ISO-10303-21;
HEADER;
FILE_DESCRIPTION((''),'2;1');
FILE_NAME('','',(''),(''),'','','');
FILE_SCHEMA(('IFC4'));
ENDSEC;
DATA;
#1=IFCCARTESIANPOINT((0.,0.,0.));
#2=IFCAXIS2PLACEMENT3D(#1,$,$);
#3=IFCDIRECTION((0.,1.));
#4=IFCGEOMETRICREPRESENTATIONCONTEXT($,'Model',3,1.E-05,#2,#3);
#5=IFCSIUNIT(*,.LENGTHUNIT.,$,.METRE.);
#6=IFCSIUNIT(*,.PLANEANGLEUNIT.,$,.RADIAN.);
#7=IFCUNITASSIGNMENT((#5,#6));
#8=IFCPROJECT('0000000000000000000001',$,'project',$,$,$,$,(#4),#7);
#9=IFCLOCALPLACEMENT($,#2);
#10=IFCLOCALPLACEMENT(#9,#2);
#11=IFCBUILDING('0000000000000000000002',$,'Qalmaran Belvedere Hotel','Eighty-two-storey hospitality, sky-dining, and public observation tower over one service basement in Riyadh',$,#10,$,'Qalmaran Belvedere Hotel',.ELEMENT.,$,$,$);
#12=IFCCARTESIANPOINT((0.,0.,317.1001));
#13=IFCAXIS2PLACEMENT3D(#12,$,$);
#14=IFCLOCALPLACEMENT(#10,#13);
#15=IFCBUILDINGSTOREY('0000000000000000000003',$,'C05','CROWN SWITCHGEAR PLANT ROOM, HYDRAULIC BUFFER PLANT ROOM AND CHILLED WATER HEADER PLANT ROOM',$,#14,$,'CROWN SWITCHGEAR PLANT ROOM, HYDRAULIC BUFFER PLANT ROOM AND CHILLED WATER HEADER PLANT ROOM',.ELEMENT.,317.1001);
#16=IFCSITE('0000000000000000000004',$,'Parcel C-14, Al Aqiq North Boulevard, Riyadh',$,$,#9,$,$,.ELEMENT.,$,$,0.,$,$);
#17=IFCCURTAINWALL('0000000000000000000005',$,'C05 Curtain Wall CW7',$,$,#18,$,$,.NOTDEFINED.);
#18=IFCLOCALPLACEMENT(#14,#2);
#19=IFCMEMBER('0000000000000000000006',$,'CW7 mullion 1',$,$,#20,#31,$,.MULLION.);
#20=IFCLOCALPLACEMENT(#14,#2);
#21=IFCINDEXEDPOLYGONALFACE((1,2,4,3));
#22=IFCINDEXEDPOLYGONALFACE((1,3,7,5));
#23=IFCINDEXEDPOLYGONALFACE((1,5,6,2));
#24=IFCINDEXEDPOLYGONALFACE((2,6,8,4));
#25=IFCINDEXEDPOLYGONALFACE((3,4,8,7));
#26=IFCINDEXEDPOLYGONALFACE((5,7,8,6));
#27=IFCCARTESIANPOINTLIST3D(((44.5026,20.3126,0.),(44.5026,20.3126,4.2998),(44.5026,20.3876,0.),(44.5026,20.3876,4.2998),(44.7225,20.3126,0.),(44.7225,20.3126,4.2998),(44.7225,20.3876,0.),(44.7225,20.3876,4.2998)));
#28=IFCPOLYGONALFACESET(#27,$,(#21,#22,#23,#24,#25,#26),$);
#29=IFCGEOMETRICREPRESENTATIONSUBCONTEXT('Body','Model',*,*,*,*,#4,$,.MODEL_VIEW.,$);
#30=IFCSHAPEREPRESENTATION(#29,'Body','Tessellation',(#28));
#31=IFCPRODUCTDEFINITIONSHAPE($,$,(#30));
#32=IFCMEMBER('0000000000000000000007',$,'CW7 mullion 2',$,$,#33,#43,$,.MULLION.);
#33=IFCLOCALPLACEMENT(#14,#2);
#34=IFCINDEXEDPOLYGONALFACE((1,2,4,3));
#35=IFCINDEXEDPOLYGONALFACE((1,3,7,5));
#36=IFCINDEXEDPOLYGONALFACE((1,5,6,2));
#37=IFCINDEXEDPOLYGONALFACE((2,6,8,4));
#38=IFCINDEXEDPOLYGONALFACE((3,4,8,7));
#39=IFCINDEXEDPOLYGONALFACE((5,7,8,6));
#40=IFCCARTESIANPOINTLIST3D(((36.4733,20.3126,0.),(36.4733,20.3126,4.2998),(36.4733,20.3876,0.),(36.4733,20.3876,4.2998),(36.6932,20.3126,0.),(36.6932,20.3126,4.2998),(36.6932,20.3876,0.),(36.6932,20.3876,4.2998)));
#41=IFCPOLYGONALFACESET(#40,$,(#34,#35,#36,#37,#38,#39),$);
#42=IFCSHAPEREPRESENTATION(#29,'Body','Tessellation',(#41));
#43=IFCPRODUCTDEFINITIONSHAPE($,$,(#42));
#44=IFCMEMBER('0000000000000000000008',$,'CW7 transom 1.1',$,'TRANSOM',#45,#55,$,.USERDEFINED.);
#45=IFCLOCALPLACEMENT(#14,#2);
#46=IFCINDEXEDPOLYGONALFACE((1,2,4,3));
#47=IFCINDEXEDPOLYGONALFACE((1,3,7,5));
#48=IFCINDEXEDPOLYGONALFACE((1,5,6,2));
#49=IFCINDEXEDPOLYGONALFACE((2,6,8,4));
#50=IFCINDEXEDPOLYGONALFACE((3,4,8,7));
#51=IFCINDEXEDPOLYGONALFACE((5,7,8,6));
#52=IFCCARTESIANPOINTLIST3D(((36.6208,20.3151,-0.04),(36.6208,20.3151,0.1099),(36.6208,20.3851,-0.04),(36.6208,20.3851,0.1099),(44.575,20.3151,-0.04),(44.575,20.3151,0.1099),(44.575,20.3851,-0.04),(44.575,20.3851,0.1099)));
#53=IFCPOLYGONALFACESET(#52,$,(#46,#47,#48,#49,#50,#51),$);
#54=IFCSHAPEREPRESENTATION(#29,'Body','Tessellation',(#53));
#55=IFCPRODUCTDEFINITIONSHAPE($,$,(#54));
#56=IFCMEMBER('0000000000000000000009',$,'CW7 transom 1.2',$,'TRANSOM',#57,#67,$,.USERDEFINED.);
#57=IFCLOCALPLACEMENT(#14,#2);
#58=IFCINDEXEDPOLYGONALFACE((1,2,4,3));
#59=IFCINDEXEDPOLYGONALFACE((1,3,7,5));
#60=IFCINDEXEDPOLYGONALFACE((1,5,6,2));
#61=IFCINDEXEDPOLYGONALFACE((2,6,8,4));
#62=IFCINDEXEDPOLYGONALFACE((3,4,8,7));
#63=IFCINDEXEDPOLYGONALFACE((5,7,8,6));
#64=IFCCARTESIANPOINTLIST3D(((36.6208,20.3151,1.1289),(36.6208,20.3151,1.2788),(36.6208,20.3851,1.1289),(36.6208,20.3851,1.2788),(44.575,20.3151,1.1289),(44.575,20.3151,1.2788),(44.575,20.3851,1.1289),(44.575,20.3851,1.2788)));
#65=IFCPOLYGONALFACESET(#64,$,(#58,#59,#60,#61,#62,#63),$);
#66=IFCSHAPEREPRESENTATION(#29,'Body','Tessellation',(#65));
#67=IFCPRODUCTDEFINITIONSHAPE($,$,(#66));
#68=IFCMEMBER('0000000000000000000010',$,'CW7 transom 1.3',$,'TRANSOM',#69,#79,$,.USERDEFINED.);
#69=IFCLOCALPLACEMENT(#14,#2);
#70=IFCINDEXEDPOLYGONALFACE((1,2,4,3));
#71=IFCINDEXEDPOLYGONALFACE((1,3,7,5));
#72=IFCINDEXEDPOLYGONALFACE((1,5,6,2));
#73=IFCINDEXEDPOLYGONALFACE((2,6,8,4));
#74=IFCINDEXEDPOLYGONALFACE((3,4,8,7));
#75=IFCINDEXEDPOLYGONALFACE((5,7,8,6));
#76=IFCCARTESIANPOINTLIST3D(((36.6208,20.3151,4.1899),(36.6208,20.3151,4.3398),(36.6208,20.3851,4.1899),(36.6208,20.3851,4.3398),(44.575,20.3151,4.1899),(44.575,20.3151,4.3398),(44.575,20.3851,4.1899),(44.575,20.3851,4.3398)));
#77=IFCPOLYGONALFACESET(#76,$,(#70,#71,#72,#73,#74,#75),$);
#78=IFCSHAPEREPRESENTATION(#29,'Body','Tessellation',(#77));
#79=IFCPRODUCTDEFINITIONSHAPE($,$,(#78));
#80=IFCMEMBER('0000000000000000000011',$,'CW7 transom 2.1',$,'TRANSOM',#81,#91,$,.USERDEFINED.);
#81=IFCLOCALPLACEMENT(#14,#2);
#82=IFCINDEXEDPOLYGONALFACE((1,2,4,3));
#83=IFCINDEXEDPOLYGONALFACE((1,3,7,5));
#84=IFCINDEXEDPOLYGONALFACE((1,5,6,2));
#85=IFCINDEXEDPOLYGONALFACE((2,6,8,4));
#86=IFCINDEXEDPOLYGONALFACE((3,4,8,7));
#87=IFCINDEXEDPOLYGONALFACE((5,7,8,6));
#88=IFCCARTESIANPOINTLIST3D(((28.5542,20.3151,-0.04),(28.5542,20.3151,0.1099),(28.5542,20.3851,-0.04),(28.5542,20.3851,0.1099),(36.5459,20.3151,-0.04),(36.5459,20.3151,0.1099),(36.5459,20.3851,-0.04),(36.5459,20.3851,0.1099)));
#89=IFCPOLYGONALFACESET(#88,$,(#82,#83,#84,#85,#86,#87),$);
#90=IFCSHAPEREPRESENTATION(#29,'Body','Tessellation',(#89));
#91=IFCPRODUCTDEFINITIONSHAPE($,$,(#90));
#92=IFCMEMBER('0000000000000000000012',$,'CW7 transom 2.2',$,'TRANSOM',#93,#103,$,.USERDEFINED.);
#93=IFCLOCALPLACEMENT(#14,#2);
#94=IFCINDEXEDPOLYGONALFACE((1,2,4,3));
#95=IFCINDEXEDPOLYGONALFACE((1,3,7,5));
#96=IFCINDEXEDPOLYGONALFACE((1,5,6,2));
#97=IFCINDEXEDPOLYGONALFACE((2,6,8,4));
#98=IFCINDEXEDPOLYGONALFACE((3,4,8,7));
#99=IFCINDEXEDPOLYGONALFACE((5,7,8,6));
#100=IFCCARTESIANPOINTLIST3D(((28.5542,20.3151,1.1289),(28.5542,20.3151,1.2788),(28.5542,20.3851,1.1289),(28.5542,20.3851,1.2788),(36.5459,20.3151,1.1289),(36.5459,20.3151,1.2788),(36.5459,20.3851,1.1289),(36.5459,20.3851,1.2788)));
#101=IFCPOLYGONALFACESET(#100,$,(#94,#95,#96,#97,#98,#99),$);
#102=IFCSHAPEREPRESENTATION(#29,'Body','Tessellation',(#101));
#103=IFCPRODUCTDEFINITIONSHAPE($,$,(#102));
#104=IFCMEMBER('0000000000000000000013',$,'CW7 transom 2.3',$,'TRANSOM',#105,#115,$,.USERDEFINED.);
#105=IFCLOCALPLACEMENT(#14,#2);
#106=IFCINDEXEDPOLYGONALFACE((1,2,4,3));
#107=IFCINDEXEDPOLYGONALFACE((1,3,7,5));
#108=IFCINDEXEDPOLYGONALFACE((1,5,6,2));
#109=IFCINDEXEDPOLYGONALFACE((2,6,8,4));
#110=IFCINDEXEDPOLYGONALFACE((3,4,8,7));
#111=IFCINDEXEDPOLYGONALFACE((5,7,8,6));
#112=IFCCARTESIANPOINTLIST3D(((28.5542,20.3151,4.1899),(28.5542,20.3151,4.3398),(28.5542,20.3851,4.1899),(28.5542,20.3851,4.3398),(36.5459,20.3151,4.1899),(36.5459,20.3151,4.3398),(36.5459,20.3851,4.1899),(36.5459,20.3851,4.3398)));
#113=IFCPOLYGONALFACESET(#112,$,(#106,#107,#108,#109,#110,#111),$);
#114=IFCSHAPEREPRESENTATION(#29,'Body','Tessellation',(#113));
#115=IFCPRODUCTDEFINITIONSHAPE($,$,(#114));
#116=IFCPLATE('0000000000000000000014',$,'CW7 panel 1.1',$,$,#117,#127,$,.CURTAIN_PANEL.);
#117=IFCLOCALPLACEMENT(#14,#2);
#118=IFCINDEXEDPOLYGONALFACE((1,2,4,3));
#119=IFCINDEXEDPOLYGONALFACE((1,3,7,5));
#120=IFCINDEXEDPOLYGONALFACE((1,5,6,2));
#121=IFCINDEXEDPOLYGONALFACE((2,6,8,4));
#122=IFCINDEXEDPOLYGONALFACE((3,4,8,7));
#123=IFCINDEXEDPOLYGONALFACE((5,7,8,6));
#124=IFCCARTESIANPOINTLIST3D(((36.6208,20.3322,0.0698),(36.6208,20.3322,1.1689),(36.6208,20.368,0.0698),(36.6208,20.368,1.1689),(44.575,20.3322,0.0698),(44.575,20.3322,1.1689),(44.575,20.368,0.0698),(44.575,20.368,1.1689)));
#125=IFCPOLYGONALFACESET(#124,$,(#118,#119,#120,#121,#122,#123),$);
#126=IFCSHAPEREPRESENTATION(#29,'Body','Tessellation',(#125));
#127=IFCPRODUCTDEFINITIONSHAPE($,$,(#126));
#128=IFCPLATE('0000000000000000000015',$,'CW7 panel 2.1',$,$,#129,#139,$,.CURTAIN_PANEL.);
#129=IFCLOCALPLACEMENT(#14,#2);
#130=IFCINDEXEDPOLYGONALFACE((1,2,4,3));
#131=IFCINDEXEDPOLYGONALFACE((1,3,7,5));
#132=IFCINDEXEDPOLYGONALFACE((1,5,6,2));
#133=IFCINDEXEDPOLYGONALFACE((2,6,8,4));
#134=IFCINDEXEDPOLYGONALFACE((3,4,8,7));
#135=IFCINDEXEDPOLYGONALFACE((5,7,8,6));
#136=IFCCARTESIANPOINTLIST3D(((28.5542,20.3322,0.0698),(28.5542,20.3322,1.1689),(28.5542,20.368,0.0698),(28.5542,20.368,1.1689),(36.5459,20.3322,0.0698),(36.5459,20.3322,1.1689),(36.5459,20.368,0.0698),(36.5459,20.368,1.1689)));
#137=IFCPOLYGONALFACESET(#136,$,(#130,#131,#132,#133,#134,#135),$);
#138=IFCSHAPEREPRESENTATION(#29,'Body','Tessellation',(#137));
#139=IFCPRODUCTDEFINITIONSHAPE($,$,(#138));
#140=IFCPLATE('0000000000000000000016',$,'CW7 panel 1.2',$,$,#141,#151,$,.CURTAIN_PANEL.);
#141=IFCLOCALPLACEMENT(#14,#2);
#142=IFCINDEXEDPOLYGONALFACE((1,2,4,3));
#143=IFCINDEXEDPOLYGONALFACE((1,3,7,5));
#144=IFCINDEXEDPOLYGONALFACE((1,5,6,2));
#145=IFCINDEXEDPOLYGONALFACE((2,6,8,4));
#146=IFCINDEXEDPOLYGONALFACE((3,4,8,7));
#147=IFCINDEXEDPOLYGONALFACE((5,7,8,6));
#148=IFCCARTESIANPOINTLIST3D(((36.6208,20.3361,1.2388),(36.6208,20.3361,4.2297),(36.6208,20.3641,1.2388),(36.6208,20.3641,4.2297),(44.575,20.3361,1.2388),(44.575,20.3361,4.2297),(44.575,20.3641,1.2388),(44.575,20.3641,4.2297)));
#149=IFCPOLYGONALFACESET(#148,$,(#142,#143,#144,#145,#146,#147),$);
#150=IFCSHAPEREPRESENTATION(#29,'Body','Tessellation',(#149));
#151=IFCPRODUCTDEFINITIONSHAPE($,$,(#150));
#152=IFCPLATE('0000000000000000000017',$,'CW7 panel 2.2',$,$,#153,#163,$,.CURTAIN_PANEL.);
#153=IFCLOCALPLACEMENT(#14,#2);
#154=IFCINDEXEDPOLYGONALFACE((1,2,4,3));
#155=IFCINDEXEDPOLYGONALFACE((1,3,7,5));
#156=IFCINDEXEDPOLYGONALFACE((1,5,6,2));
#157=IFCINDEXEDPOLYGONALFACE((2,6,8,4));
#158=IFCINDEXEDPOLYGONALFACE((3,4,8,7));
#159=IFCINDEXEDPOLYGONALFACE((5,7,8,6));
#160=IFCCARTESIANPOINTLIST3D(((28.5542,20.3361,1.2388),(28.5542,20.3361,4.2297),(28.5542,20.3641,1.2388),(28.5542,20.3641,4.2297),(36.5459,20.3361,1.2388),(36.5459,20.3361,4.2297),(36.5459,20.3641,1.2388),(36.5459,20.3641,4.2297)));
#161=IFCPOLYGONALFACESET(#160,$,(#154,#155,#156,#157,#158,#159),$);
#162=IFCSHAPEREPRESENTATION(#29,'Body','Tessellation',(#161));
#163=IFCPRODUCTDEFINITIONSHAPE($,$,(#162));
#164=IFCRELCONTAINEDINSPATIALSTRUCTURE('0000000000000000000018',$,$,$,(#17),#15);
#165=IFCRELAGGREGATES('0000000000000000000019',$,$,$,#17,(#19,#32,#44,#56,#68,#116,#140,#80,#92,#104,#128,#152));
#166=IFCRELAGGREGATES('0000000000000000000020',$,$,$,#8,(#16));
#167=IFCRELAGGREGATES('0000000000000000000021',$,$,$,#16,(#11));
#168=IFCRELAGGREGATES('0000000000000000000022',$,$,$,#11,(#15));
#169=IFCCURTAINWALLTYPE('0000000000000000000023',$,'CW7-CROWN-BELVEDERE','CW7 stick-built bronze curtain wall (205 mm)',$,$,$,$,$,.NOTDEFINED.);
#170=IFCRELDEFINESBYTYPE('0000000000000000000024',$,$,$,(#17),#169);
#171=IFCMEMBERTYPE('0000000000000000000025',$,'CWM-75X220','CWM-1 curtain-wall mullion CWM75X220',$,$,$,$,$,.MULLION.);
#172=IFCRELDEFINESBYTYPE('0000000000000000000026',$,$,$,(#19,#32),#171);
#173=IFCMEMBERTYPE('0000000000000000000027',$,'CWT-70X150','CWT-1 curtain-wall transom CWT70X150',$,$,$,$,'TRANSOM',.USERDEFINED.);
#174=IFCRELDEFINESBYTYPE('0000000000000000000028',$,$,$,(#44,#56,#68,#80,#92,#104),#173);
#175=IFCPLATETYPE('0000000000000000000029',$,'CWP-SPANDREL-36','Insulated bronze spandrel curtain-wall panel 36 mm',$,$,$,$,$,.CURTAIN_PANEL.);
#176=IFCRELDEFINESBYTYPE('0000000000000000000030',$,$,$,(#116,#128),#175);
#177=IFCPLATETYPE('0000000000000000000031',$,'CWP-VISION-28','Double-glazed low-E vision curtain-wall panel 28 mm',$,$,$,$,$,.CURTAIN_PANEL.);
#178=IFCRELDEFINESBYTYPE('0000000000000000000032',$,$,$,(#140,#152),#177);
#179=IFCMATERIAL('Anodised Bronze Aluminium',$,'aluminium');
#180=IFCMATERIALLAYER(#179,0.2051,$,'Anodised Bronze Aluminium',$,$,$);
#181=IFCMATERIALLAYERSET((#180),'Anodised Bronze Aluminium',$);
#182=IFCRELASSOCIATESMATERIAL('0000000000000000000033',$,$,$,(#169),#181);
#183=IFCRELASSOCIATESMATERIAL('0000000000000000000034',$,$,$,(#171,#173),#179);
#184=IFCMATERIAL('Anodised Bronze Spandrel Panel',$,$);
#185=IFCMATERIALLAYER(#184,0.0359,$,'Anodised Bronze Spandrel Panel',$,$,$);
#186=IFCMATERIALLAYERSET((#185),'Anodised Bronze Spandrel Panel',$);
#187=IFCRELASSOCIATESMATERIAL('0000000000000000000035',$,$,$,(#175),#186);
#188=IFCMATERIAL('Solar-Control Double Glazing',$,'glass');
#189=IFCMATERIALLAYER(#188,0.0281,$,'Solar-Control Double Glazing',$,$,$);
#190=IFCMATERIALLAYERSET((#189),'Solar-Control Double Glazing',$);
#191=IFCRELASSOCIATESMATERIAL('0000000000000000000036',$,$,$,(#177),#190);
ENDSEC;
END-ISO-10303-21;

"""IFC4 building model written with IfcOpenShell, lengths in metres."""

from ifc_helpers import new_model, si_unit, direction, frame, origin, origin_2d, place, context, subcontext, project, spatial, rectangle, extrude, material, layer, layer_set, material_profile, profile_set, type_object, element, aggregate, save


model = new_model("IFC4")

# Units and contexts
model_context = context("Model", 3, precision=1e-05, world=origin(), true_north=direction((0.0, 1.0)))
body_context = subcontext(model_context, "Body", "Model", "MODEL_VIEW")
ifc_project = project(units=[si_unit("LENGTHUNIT", "METRE"), si_unit("PLANEANGLEUNIT", "RADIAN")], contexts=[model_context])

# Site, building, storey
site_placement = place(None, origin())
site = spatial("IfcSite", under=ifc_project, at=site_placement, Name="Parcel C-14, Al Aqiq North Boulevard, Riyadh", CompositionType="ELEMENT", RefElevation=0.0)
building_placement = place(site_placement, origin())
building = spatial("IfcBuilding", under=site, at=building_placement, Name="Qalmaran Belvedere Hotel", Description="Eighty-two-storey hospitality, sky-dining, and public observation tower over one service basement in Riyadh", LongName="Qalmaran Belvedere Hotel", CompositionType="ELEMENT")
storey_placement = place(building_placement, frame((0.0, 0.0, 317.1001)))
storey = spatial("IfcBuildingStorey", under=building, at=storey_placement, Name="C05", Description="CROWN SWITCHGEAR PLANT ROOM, HYDRAULIC BUFFER PLANT ROOM AND CHILLED WATER HEADER PLANT ROOM", LongName="CROWN SWITCHGEAR PLANT ROOM, HYDRAULIC BUFFER PLANT ROOM AND CHILLED WATER HEADER PLANT ROOM", CompositionType="ELEMENT", Elevation=317.1001)

# Curtain wall, members, plates
ifc_material_1 = material(Name="Anodised Bronze Aluminium", Category="aluminium")
ifc_layer_1 = layer(ifc_material_1, 0.2051, Name="Anodised Bronze Aluminium")
ifc_layer_set_1 = layer_set([ifc_layer_1], Name="Anodised Bronze Aluminium")
curtain_wall_type = type_object("IfcCurtainWallType", Name="CW7-CROWN-BELVEDERE", Description="CW7 stick-built bronze curtain wall (205 mm)", PredefinedType="NOTDEFINED", material=ifc_layer_set_1)
curtain_wall_placement = place(storey_placement, origin())
curtain_wall = element("IfcCurtainWall", 1, at=curtain_wall_placement, inside=storey, type_object=curtain_wall_type, Name="C05 Curtain Wall CW7", PredefinedType="NOTDEFINED")
ifc_material_profile_1 = material_profile(ifc_material_1, rectangle(XDim=0.075, YDim=0.22, at=origin_2d()), Name="CWM75X220")
ifc_profile_set_1 = profile_set([ifc_material_profile_1], Name="Anodised Bronze Aluminium")
member_type_1 = type_object("IfcMemberType", Name="CWM-75X220", Description="CWM-1 curtain-wall mullion CWM75X220", PredefinedType="MULLION", material=ifc_profile_set_1)
member_1_placement = place(storey_placement, frame((44.6125, 20.3501, 0.0), z_axis=(0.0, 0.0, 1.0), x_axis=(0.0, -1.0, 0.0)))
member_1 = element("IfcMember", 2, at=member_1_placement, type_object=member_type_1, Name="CW7 mullion 1", PredefinedType="MULLION", context=body_context, shape_type="SweptSolid", body=[
    extrude(rectangle(XDim=0.075, YDim=0.22, at=origin_2d()), origin(), (0.0, 0.0, 1.0), 4.2998),
])
member_2_placement = place(storey_placement, frame((36.5833, 20.3501, 0.0), z_axis=(0.0, 0.0, 1.0), x_axis=(0.0, -1.0, 0.0)))
member_2 = element("IfcMember", 3, at=member_2_placement, type_object=member_type_1, Name="CW7 mullion 2", PredefinedType="MULLION", context=body_context, shape_type="SweptSolid", body=[
    extrude(rectangle(XDim=0.075, YDim=0.22, at=origin_2d()), origin(), (0.0, 0.0, 1.0), 4.2998),
])
ifc_material_profile_2 = material_profile(ifc_material_1, rectangle(XDim=0.0701, YDim=0.1499, at=origin_2d()), Name="CWT70X150")
ifc_profile_set_2 = profile_set([ifc_material_profile_2], Name="Anodised Bronze Aluminium")
member_type_2 = type_object("IfcMemberType", Name="CWT-70X150", Description="CWT-1 curtain-wall transom CWT70X150", ElementType="TRANSOM", PredefinedType="USERDEFINED", material=ifc_profile_set_2)
member_3_placement = place(storey_placement, frame((44.575, 20.3501, 0.0349), z_axis=(-1.0, 0.0, 0.0), x_axis=(0.0, -1.0, 0.0)))
member_3 = element("IfcMember", 4, at=member_3_placement, type_object=member_type_2, Name="CW7 transom 1.1", ObjectType="TRANSOM", PredefinedType="USERDEFINED", context=body_context, shape_type="SweptSolid", body=[
    extrude(rectangle(XDim=0.0701, YDim=0.1499, at=origin_2d()), origin(), (0.0, 0.0, 1.0), 7.9541),
])
member_4_placement = place(storey_placement, frame((44.575, 20.3501, 1.2039), z_axis=(-1.0, 0.0, 0.0), x_axis=(0.0, -1.0, 0.0)))
member_4 = element("IfcMember", 5, at=member_4_placement, type_object=member_type_2, Name="CW7 transom 1.2", ObjectType="TRANSOM", PredefinedType="USERDEFINED", context=body_context, shape_type="SweptSolid", body=[
    extrude(rectangle(XDim=0.0701, YDim=0.1499, at=origin_2d()), origin(), (0.0, 0.0, 1.0), 7.9541),
])
member_5_placement = place(storey_placement, frame((44.575, 20.3501, 4.2649), z_axis=(-1.0, 0.0, 0.0), x_axis=(0.0, -1.0, 0.0)))
member_5 = element("IfcMember", 6, at=member_5_placement, type_object=member_type_2, Name="CW7 transom 1.3", ObjectType="TRANSOM", PredefinedType="USERDEFINED", context=body_context, shape_type="SweptSolid", body=[
    extrude(rectangle(XDim=0.0701, YDim=0.1499, at=origin_2d()), origin(), (0.0, 0.0, 1.0), 7.9541),
])
member_6_placement = place(storey_placement, frame((36.5459, 20.3501, 0.0349), z_axis=(-1.0, 0.0, 0.0), x_axis=(0.0, -1.0, 0.0)))
member_6 = element("IfcMember", 7, at=member_6_placement, type_object=member_type_2, Name="CW7 transom 2.1", ObjectType="TRANSOM", PredefinedType="USERDEFINED", context=body_context, shape_type="SweptSolid", body=[
    extrude(rectangle(XDim=0.0701, YDim=0.1499, at=origin_2d()), origin(), (0.0, 0.0, 1.0), 7.9917),
])
member_7_placement = place(storey_placement, frame((36.5459, 20.3501, 1.2039), z_axis=(-1.0, 0.0, 0.0), x_axis=(0.0, -1.0, 0.0)))
member_7 = element("IfcMember", 8, at=member_7_placement, type_object=member_type_2, Name="CW7 transom 2.2", ObjectType="TRANSOM", PredefinedType="USERDEFINED", context=body_context, shape_type="SweptSolid", body=[
    extrude(rectangle(XDim=0.0701, YDim=0.1499, at=origin_2d()), origin(), (0.0, 0.0, 1.0), 7.9917),
])
member_8_placement = place(storey_placement, frame((36.5459, 20.3501, 4.2649), z_axis=(-1.0, 0.0, 0.0), x_axis=(0.0, -1.0, 0.0)))
member_8 = element("IfcMember", 9, at=member_8_placement, type_object=member_type_2, Name="CW7 transom 2.3", ObjectType="TRANSOM", PredefinedType="USERDEFINED", context=body_context, shape_type="SweptSolid", body=[
    extrude(rectangle(XDim=0.0701, YDim=0.1499, at=origin_2d()), origin(), (0.0, 0.0, 1.0), 7.9917),
])
ifc_material_2 = material(Name="Anodised Bronze Spandrel Panel")
ifc_layer_2 = layer(ifc_material_2, 0.0359, Name="Anodised Bronze Spandrel Panel")
ifc_layer_set_2 = layer_set([ifc_layer_2], Name="Anodised Bronze Spandrel Panel")
plate_type_1 = type_object("IfcPlateType", Name="CWP-SPANDREL-36", Description="Insulated bronze spandrel curtain-wall panel 36 mm", PredefinedType="CURTAIN_PANEL", material=ifc_layer_set_2)
plate_1_placement = place(storey_placement, frame((40.5979, 20.3501, 0.0698), z_axis=(0.0, 0.0, 1.0), x_axis=(-1.0, 0.0, 0.0)))
plate_1 = element("IfcPlate", 10, at=plate_1_placement, type_object=plate_type_1, Name="CW7 panel 1.1", PredefinedType="CURTAIN_PANEL", context=body_context, shape_type="SweptSolid", body=[
    extrude(rectangle(XDim=7.9541, YDim=0.0359, at=origin_2d()), origin(), (0.0, 0.0, 1.0), 1.0991),
])
plate_2_placement = place(storey_placement, frame((32.55, 20.3501, 0.0698), z_axis=(0.0, 0.0, 1.0), x_axis=(-1.0, 0.0, 0.0)))
plate_2 = element("IfcPlate", 11, at=plate_2_placement, type_object=plate_type_1, Name="CW7 panel 2.1", PredefinedType="CURTAIN_PANEL", context=body_context, shape_type="SweptSolid", body=[
    extrude(rectangle(XDim=7.9917, YDim=0.0359, at=origin_2d()), origin(), (0.0, 0.0, 1.0), 1.0991),
])
ifc_material_3 = material(Name="Solar-Control Double Glazing", Category="glass")
ifc_layer_3 = layer(ifc_material_3, 0.0281, Name="Solar-Control Double Glazing")
ifc_layer_set_3 = layer_set([ifc_layer_3], Name="Solar-Control Double Glazing")
plate_type_2 = type_object("IfcPlateType", Name="CWP-VISION-28", Description="Double-glazed low-E vision curtain-wall panel 28 mm", PredefinedType="CURTAIN_PANEL", material=ifc_layer_set_3)
plate_3_placement = place(storey_placement, frame((40.5979, 20.3501, 1.2388), z_axis=(0.0, 0.0, 1.0), x_axis=(-1.0, 0.0, 0.0)))
plate_3 = element("IfcPlate", 12, at=plate_3_placement, type_object=plate_type_2, Name="CW7 panel 1.2", PredefinedType="CURTAIN_PANEL", context=body_context, shape_type="SweptSolid", body=[
    extrude(rectangle(XDim=7.9541, YDim=0.0281, at=origin_2d()), origin(), (0.0, 0.0, 1.0), 2.991),
])
plate_4_placement = place(storey_placement, frame((32.55, 20.3501, 1.2388), z_axis=(0.0, 0.0, 1.0), x_axis=(-1.0, 0.0, 0.0)))
plate_4 = element("IfcPlate", 13, at=plate_4_placement, type_object=plate_type_2, Name="CW7 panel 2.2", PredefinedType="CURTAIN_PANEL", context=body_context, shape_type="SweptSolid", body=[
    extrude(rectangle(XDim=7.9917, YDim=0.0281, at=origin_2d()), origin(), (0.0, 0.0, 1.0), 2.991),
])
aggregate(curtain_wall, [member_1, member_2, member_3, member_4, member_5, plate_1, plate_3, member_6, member_7, member_8, plate_2, plate_4])

save(model, "model.ifc")
